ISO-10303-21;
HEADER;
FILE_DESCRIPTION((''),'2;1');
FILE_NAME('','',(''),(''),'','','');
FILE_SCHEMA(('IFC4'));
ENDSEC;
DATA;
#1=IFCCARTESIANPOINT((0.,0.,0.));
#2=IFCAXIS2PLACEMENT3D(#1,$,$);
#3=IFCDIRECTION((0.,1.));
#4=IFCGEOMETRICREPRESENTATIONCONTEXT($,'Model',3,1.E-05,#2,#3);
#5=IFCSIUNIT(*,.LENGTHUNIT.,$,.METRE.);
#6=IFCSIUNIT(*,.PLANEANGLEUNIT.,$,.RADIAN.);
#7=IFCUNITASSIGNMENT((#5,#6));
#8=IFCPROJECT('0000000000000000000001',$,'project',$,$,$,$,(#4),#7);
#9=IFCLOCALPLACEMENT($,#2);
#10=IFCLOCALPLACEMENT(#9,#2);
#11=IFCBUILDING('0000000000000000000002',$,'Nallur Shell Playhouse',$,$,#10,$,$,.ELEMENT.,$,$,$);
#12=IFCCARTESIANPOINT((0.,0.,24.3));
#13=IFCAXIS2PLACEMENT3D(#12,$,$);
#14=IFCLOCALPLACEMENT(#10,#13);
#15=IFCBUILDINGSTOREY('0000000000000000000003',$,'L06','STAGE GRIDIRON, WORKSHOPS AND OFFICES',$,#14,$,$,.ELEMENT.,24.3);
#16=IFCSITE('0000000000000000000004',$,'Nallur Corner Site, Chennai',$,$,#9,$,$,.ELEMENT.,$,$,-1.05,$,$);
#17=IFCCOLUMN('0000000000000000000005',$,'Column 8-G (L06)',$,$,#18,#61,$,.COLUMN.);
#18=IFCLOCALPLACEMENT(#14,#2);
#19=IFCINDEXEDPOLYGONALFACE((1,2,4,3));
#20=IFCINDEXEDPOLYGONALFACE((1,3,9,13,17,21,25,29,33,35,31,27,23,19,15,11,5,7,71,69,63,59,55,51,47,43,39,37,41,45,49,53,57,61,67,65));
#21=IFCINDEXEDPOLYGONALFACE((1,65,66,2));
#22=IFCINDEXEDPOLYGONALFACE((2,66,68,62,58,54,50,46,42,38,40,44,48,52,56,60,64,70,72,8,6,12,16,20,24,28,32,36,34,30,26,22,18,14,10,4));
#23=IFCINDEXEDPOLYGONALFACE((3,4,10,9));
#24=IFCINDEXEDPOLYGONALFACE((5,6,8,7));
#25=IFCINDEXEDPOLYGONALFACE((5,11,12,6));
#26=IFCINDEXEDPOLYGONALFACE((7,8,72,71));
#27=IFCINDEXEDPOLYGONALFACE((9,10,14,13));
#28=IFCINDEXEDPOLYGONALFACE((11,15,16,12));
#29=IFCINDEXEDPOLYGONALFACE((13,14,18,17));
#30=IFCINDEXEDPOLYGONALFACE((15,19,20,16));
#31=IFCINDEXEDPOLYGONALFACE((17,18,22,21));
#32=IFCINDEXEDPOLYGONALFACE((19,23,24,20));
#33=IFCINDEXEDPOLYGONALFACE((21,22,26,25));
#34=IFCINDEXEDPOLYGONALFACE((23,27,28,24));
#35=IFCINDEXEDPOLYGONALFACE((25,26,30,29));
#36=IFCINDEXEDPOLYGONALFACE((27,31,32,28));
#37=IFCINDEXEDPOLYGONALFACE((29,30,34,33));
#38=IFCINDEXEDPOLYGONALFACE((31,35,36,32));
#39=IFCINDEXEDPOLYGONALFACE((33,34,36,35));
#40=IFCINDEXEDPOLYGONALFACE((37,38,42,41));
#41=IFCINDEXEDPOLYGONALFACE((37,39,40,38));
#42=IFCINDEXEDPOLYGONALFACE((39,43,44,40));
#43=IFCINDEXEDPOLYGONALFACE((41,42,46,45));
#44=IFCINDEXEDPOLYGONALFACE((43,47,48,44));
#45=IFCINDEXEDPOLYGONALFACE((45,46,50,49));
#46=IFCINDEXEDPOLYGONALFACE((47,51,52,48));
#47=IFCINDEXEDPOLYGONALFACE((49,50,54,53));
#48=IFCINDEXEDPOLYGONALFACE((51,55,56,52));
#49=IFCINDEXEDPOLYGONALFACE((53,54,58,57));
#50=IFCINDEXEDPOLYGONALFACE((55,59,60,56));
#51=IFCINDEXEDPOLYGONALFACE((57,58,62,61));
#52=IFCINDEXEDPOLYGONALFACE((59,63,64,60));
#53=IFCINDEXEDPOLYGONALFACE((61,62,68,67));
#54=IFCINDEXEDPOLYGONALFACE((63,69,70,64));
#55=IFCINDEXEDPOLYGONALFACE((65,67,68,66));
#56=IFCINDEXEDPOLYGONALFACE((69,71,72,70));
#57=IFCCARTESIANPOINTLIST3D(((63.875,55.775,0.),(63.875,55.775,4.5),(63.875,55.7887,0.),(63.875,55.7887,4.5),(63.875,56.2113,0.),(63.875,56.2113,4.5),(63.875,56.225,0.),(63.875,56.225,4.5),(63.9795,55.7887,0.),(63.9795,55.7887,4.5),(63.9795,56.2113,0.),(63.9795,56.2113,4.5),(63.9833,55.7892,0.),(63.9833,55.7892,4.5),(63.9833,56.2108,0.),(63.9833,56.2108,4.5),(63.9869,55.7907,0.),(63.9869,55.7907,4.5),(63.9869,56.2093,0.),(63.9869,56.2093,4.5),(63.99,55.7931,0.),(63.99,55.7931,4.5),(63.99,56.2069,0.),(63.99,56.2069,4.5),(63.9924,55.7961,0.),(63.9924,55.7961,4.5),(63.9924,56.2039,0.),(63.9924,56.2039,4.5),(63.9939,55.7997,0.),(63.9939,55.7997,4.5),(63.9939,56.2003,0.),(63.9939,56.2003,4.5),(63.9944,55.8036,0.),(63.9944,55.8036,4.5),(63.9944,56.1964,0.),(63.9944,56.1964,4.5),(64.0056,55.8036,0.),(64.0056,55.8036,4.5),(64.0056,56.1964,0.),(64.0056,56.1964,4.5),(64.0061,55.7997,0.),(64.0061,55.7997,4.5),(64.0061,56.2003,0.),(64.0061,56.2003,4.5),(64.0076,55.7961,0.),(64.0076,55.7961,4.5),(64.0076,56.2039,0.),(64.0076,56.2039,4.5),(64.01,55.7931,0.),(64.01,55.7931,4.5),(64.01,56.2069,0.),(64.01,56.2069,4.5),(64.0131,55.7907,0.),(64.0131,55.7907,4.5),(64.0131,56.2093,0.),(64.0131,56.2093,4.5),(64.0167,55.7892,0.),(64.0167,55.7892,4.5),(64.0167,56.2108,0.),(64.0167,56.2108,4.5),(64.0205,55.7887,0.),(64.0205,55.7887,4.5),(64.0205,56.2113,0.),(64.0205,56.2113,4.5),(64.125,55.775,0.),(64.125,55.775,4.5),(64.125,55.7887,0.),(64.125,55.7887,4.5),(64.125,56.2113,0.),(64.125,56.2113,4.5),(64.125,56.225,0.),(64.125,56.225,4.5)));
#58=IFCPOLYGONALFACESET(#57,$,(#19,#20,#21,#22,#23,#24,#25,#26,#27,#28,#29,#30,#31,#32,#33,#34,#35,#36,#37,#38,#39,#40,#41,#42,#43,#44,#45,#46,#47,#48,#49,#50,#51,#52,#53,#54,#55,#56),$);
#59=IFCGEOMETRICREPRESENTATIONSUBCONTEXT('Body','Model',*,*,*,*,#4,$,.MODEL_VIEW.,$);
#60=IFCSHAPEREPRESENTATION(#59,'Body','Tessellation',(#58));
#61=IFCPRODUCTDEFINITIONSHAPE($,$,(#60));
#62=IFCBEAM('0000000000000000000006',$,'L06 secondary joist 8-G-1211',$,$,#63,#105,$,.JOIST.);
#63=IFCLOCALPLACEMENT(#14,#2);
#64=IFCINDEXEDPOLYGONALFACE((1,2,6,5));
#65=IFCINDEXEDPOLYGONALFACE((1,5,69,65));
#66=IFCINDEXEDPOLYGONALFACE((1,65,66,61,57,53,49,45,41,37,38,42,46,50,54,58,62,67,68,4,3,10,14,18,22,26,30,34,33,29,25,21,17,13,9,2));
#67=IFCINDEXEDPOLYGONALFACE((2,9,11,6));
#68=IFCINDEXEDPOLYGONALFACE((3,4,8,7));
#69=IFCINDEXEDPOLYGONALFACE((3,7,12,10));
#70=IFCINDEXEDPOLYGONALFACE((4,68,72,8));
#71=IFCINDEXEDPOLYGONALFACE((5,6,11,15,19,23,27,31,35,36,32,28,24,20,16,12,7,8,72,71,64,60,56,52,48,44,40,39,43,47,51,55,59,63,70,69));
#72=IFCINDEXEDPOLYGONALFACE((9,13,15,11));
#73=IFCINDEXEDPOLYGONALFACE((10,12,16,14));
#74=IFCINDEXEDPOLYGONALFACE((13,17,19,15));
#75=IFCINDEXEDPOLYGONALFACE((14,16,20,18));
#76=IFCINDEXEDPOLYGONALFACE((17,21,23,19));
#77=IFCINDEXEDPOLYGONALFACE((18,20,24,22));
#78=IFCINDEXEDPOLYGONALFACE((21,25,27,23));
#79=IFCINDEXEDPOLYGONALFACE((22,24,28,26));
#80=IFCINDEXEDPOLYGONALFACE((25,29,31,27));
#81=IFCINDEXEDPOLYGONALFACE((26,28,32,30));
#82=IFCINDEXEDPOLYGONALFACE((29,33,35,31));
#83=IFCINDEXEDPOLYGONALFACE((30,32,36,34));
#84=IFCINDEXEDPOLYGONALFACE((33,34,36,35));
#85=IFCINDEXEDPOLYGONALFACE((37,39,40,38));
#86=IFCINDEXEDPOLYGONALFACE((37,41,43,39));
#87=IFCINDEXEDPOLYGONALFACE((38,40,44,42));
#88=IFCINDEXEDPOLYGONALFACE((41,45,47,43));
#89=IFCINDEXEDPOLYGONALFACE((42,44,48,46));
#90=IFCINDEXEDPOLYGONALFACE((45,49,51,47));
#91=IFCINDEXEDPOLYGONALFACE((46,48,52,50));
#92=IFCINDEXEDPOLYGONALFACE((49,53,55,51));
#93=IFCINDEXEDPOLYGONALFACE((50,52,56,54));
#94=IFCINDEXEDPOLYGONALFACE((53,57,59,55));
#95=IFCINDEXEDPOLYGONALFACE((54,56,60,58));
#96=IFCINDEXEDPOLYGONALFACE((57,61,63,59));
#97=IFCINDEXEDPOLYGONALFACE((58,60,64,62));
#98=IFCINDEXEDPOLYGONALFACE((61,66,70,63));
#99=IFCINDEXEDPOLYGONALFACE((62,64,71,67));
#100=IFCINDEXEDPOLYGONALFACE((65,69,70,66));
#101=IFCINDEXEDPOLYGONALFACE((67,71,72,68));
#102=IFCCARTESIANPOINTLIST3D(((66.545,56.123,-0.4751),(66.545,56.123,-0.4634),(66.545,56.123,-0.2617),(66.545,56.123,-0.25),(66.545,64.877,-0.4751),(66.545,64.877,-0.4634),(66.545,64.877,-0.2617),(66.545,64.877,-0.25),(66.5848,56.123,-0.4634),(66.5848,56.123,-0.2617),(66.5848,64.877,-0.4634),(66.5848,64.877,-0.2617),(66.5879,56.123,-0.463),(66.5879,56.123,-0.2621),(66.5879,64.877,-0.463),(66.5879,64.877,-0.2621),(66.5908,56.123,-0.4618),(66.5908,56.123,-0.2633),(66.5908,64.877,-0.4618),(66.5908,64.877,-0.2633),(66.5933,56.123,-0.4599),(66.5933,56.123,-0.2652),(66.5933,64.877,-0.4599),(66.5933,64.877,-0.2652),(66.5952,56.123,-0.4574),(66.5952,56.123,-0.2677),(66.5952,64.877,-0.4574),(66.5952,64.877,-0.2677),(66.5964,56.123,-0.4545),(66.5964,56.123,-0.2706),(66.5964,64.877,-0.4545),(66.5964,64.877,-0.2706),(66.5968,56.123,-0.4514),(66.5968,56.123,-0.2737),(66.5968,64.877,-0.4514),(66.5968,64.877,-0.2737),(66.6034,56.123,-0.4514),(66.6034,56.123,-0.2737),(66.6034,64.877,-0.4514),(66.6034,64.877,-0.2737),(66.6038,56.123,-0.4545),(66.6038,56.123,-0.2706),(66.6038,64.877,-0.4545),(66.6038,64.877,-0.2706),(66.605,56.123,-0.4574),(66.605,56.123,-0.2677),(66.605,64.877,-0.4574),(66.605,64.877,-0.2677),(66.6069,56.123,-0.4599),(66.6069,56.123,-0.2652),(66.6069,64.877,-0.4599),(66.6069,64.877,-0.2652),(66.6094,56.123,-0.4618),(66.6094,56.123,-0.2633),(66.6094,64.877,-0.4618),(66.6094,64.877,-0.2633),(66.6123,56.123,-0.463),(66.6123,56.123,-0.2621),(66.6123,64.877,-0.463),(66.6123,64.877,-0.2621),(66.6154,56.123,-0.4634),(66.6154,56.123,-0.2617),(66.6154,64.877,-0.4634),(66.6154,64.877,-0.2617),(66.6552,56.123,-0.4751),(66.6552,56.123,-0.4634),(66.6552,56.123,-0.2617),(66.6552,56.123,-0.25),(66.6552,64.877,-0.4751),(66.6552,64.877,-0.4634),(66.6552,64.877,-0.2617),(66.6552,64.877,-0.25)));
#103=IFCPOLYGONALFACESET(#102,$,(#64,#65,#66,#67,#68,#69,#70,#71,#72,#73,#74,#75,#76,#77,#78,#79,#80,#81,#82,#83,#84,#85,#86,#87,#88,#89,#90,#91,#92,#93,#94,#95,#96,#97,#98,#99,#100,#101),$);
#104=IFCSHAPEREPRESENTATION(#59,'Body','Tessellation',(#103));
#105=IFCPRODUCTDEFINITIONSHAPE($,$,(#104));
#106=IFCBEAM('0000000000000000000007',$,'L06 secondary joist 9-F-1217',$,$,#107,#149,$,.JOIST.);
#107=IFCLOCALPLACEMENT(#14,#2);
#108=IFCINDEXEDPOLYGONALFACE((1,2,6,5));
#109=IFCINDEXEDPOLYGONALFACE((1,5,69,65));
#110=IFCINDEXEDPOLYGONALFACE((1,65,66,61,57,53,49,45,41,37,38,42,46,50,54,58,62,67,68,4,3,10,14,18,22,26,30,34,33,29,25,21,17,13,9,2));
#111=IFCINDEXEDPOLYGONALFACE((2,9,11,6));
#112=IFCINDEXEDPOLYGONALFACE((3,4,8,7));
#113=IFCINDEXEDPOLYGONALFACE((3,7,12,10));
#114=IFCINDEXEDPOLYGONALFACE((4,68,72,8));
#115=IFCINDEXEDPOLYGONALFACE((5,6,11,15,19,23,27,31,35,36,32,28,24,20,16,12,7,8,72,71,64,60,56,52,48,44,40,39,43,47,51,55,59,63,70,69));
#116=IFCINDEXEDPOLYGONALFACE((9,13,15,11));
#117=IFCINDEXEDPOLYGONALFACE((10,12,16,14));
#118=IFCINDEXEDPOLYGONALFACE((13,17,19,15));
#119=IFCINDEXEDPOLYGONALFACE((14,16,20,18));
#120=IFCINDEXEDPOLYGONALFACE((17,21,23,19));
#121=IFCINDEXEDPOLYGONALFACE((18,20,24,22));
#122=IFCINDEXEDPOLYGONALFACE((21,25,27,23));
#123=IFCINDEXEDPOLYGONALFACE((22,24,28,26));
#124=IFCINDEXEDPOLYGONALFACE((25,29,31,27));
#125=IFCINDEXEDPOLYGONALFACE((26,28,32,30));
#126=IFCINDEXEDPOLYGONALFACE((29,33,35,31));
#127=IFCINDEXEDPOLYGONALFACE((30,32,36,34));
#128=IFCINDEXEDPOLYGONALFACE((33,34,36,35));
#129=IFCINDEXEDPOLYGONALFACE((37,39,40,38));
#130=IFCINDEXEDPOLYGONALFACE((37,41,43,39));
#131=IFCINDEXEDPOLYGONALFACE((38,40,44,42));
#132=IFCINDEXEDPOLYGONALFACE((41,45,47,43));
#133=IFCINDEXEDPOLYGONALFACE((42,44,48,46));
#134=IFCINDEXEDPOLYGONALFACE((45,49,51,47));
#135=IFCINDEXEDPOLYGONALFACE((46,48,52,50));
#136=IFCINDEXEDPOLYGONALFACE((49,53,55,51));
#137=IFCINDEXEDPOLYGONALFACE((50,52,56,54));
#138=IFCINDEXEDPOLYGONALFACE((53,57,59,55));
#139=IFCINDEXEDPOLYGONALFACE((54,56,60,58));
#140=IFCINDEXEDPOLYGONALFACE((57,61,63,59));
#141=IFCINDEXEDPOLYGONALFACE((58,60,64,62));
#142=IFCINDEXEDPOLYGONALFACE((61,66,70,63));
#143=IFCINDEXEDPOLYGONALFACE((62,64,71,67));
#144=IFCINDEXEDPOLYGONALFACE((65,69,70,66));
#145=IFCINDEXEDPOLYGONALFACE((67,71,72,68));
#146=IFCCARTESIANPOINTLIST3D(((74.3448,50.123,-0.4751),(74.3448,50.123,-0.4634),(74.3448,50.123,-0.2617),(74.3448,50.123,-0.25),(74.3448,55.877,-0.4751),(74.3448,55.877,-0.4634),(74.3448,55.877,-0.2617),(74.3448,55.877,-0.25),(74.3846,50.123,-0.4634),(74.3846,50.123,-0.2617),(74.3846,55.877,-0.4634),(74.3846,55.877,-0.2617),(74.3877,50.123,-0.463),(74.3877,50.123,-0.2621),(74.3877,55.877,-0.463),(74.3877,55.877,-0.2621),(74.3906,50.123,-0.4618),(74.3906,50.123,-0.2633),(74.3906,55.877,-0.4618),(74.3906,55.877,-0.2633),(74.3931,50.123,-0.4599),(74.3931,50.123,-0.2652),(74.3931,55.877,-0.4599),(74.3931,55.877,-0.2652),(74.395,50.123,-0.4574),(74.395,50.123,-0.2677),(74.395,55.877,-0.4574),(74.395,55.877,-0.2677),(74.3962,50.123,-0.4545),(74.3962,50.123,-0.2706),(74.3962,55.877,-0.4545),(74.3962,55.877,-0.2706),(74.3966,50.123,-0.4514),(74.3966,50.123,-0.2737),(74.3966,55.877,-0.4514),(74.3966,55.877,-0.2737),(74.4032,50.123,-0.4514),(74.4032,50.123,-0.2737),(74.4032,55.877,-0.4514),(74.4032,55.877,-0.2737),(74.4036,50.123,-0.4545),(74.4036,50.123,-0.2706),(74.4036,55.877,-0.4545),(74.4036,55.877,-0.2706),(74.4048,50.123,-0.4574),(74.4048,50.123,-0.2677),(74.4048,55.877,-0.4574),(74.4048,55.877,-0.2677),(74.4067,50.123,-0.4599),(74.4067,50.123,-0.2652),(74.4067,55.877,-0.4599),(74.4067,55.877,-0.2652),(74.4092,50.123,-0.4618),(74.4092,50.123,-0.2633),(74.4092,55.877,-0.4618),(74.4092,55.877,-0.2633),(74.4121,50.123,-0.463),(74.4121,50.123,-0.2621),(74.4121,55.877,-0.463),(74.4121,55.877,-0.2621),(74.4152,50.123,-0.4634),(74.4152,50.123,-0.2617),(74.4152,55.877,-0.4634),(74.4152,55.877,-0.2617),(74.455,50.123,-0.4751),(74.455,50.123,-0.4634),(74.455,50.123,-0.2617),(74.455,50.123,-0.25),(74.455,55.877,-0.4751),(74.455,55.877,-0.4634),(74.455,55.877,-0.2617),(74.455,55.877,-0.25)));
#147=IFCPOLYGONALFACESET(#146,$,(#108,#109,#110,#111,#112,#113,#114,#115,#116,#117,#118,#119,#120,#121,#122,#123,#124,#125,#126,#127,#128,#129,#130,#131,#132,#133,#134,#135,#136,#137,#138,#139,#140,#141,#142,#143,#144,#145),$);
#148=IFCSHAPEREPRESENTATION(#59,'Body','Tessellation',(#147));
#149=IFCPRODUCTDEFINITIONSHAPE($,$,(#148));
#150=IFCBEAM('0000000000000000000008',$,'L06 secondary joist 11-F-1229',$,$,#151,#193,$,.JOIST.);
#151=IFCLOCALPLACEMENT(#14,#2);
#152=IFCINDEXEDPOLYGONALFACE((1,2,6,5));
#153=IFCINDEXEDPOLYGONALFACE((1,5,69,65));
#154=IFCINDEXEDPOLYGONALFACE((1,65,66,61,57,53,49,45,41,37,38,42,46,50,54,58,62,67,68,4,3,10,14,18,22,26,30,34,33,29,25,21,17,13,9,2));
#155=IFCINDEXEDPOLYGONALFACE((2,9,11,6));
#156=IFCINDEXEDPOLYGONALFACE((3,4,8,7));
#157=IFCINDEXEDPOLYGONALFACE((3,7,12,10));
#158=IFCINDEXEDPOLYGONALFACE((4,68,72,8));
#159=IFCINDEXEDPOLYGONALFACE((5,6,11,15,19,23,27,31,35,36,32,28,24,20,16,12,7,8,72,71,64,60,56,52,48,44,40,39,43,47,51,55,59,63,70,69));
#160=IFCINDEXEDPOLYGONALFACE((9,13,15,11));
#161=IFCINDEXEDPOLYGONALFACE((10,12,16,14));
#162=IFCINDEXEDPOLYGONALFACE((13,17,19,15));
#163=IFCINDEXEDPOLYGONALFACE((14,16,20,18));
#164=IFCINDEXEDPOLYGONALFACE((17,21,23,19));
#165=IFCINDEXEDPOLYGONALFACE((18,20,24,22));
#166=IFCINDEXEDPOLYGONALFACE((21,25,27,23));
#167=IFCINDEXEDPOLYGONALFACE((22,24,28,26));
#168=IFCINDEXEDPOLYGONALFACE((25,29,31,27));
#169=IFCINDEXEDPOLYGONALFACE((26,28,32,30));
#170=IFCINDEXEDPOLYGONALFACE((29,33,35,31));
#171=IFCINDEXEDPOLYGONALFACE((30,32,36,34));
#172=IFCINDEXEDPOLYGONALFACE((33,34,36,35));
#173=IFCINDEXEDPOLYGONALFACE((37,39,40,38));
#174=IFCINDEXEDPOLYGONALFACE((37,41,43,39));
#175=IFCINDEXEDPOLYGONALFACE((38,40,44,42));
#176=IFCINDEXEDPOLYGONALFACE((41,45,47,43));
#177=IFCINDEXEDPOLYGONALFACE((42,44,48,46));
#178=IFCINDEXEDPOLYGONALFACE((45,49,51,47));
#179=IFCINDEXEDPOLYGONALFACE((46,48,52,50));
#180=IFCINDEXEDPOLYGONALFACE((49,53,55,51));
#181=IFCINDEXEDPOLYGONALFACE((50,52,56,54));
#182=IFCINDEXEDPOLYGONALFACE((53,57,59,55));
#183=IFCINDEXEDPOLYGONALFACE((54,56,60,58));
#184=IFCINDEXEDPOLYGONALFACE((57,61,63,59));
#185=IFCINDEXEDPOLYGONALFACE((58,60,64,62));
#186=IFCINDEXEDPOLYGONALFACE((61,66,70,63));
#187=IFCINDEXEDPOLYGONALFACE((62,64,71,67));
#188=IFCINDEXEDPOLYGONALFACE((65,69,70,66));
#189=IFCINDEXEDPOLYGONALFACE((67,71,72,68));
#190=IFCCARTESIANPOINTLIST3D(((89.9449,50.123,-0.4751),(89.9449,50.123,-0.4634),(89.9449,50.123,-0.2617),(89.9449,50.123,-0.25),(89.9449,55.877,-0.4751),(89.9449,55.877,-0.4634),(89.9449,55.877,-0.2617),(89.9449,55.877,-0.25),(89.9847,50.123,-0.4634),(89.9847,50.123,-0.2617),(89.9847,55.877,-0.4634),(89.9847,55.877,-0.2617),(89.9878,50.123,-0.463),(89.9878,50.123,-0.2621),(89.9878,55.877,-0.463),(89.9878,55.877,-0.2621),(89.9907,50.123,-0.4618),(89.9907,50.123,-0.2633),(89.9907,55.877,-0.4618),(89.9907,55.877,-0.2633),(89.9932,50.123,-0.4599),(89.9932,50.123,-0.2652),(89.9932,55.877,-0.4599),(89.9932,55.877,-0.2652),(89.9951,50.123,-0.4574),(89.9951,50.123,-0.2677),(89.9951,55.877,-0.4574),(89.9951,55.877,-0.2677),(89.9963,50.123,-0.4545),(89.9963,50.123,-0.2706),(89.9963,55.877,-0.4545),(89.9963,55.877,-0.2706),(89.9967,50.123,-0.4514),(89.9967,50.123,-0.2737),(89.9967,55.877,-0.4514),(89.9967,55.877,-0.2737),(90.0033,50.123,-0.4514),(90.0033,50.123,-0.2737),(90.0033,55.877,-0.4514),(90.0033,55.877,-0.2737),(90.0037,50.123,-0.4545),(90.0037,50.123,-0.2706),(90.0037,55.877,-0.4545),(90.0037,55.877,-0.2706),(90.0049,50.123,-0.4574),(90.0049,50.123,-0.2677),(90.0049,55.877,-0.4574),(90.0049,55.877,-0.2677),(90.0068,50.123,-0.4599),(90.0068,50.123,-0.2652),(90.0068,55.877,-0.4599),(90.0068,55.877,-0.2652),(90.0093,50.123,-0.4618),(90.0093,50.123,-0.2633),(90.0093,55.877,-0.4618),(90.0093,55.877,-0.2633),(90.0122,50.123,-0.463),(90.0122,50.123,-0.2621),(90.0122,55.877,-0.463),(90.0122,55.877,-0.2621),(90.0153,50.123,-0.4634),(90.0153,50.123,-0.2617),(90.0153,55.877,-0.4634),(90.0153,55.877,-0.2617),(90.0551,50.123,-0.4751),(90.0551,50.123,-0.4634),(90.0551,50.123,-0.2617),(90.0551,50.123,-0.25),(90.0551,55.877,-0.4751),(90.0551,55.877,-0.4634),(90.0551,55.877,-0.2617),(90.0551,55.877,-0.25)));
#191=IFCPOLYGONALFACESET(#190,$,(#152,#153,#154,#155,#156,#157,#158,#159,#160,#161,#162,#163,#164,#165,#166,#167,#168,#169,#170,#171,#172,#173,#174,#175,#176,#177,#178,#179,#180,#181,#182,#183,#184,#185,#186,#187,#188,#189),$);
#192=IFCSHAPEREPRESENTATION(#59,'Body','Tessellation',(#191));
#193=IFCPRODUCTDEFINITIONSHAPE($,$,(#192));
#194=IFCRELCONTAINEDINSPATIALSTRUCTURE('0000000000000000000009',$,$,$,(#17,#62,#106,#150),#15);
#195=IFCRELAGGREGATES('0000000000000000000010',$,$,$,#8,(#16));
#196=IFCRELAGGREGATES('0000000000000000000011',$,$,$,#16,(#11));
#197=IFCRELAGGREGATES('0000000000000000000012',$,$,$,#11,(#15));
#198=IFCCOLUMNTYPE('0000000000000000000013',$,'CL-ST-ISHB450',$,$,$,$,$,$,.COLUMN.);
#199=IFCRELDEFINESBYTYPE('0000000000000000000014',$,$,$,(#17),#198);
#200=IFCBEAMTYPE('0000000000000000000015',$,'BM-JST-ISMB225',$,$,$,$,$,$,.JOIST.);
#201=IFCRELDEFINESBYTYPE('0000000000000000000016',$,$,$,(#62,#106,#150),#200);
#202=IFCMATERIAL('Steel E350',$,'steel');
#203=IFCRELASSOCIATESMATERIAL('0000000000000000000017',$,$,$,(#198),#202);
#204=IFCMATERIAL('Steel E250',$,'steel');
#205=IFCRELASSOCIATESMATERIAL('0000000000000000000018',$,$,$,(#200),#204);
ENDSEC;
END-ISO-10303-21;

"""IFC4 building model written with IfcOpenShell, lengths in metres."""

from ifc_helpers import new_model, si_unit, direction, frame, origin, origin_2d, place, context, subcontext, project, spatial, i_section, extrude, material, material_profile, profile_set, type_object, element, save


model = new_model("IFC4")

# Units and contexts
model_context = context("Model", 3, precision=1e-05, world=origin(), true_north=direction((0.0, 1.0)))
body_context = subcontext(model_context, "Body", "Model", "MODEL_VIEW")
ifc_project = project(units=[si_unit("LENGTHUNIT", "METRE"), si_unit("PLANEANGLEUNIT", "RADIAN")], contexts=[model_context])

# Site, building, storey
site_placement = place(None, origin())
site = spatial("IfcSite", under=ifc_project, at=site_placement, Name="Nallur Corner Site, Chennai", CompositionType="ELEMENT", RefElevation=-1.05)
building_placement = place(site_placement, origin())
building = spatial("IfcBuilding", under=site, at=building_placement, Name="Nallur Shell Playhouse", CompositionType="ELEMENT")
storey_placement = place(building_placement, frame((0.0, 0.0, 24.3)))
storey = spatial("IfcBuildingStorey", under=building, at=storey_placement, Name="L06", Description="STAGE GRIDIRON, WORKSHOPS AND OFFICES", CompositionType="ELEMENT", Elevation=24.3)

# Column
ifc_material_1 = material(Name="Steel E350", Category="steel")
ifc_material_profile_1 = material_profile(ifc_material_1, i_section(OverallWidth=0.25, OverallDepth=0.45, WebThickness=0.0112, FlangeThickness=0.0137, FilletRadius=0.0149, at=origin_2d()), Name="ISHB 450")
ifc_profile_set_1 = profile_set([ifc_material_profile_1], Name="Steel E350")
column_type = type_object("IfcColumnType", Name="CL-ST-ISHB450", PredefinedType="COLUMN", material=ifc_profile_set_1)
column_placement = place(storey_placement, frame((64.0, 56.0, 0.0), z_axis=(0.0, 0.0, 1.0), x_axis=(1.0, 0.0, 0.0)))
element("IfcColumn", 1, at=column_placement, inside=storey, type_object=column_type, Name="Column 8-G (L06)", PredefinedType="COLUMN", context=body_context, shape_type="SweptSolid", body=[
    extrude(i_section(OverallWidth=0.25, OverallDepth=0.45, WebThickness=0.0112, FlangeThickness=0.0137, FilletRadius=0.0149, at=origin_2d()), origin(), (0.0, 0.0, 1.0), 4.5),
])

# Beams
ifc_material_2 = material(Name="Steel E250", Category="steel")
ifc_material_profile_2 = material_profile(ifc_material_2, i_section(OverallWidth=0.1101, OverallDepth=0.2251, WebThickness=0.0066, FlangeThickness=0.0117, FilletRadius=0.012, at=origin_2d()), Name="ISMB 225")
ifc_profile_set_2 = profile_set([ifc_material_profile_2], Name="Steel E250")
beam_type_1 = type_object("IfcBeamType", Name="BM-JST-ISMB225", PredefinedType="JOIST", material=ifc_profile_set_2)
beam_1_placement = place(storey_placement, frame((66.6001, 56.123, -0.3625), z_axis=(0.0, 1.0, 0.0), x_axis=(-1.0, 0.0, 0.0)))
element("IfcBeam", 2, at=beam_1_placement, inside=storey, type_object=beam_type_1, Name="L06 secondary joist 8-G-1211", PredefinedType="JOIST", context=body_context, shape_type="SweptSolid", body=[
    extrude(i_section(OverallWidth=0.1101, OverallDepth=0.2251, WebThickness=0.0066, FlangeThickness=0.0117, FilletRadius=0.012, at=origin_2d()), origin(), (0.0, 0.0, 1.0), 8.7539),
])
for number, where, z_axis, x_axis, name in (
    (3, (74.3999, 50.123, -0.3625), (0.0, 1.0, 0.0), (-1.0, 0.0, 0.0), "L06 secondary joist 9-F-1217"),
    (4, (90.0, 50.123, -0.3625), (0.0, 1.0, 0.0), (-1.0, 0.0, 0.0), "L06 secondary joist 11-F-1229"),
):
    element("IfcBeam", number, at=place(storey_placement, frame(where, z_axis=z_axis, x_axis=x_axis)), inside=storey, type_object=beam_type_1, Name=name, PredefinedType="JOIST", context=body_context, shape_type="SweptSolid", body=[
        extrude(i_section(OverallWidth=0.1101, OverallDepth=0.2251, WebThickness=0.0066, FlangeThickness=0.0117, FilletRadius=0.012, at=origin_2d()), origin(), (0.0, 0.0, 1.0), 5.7539),
    ])

save(model, "model.ifc")
